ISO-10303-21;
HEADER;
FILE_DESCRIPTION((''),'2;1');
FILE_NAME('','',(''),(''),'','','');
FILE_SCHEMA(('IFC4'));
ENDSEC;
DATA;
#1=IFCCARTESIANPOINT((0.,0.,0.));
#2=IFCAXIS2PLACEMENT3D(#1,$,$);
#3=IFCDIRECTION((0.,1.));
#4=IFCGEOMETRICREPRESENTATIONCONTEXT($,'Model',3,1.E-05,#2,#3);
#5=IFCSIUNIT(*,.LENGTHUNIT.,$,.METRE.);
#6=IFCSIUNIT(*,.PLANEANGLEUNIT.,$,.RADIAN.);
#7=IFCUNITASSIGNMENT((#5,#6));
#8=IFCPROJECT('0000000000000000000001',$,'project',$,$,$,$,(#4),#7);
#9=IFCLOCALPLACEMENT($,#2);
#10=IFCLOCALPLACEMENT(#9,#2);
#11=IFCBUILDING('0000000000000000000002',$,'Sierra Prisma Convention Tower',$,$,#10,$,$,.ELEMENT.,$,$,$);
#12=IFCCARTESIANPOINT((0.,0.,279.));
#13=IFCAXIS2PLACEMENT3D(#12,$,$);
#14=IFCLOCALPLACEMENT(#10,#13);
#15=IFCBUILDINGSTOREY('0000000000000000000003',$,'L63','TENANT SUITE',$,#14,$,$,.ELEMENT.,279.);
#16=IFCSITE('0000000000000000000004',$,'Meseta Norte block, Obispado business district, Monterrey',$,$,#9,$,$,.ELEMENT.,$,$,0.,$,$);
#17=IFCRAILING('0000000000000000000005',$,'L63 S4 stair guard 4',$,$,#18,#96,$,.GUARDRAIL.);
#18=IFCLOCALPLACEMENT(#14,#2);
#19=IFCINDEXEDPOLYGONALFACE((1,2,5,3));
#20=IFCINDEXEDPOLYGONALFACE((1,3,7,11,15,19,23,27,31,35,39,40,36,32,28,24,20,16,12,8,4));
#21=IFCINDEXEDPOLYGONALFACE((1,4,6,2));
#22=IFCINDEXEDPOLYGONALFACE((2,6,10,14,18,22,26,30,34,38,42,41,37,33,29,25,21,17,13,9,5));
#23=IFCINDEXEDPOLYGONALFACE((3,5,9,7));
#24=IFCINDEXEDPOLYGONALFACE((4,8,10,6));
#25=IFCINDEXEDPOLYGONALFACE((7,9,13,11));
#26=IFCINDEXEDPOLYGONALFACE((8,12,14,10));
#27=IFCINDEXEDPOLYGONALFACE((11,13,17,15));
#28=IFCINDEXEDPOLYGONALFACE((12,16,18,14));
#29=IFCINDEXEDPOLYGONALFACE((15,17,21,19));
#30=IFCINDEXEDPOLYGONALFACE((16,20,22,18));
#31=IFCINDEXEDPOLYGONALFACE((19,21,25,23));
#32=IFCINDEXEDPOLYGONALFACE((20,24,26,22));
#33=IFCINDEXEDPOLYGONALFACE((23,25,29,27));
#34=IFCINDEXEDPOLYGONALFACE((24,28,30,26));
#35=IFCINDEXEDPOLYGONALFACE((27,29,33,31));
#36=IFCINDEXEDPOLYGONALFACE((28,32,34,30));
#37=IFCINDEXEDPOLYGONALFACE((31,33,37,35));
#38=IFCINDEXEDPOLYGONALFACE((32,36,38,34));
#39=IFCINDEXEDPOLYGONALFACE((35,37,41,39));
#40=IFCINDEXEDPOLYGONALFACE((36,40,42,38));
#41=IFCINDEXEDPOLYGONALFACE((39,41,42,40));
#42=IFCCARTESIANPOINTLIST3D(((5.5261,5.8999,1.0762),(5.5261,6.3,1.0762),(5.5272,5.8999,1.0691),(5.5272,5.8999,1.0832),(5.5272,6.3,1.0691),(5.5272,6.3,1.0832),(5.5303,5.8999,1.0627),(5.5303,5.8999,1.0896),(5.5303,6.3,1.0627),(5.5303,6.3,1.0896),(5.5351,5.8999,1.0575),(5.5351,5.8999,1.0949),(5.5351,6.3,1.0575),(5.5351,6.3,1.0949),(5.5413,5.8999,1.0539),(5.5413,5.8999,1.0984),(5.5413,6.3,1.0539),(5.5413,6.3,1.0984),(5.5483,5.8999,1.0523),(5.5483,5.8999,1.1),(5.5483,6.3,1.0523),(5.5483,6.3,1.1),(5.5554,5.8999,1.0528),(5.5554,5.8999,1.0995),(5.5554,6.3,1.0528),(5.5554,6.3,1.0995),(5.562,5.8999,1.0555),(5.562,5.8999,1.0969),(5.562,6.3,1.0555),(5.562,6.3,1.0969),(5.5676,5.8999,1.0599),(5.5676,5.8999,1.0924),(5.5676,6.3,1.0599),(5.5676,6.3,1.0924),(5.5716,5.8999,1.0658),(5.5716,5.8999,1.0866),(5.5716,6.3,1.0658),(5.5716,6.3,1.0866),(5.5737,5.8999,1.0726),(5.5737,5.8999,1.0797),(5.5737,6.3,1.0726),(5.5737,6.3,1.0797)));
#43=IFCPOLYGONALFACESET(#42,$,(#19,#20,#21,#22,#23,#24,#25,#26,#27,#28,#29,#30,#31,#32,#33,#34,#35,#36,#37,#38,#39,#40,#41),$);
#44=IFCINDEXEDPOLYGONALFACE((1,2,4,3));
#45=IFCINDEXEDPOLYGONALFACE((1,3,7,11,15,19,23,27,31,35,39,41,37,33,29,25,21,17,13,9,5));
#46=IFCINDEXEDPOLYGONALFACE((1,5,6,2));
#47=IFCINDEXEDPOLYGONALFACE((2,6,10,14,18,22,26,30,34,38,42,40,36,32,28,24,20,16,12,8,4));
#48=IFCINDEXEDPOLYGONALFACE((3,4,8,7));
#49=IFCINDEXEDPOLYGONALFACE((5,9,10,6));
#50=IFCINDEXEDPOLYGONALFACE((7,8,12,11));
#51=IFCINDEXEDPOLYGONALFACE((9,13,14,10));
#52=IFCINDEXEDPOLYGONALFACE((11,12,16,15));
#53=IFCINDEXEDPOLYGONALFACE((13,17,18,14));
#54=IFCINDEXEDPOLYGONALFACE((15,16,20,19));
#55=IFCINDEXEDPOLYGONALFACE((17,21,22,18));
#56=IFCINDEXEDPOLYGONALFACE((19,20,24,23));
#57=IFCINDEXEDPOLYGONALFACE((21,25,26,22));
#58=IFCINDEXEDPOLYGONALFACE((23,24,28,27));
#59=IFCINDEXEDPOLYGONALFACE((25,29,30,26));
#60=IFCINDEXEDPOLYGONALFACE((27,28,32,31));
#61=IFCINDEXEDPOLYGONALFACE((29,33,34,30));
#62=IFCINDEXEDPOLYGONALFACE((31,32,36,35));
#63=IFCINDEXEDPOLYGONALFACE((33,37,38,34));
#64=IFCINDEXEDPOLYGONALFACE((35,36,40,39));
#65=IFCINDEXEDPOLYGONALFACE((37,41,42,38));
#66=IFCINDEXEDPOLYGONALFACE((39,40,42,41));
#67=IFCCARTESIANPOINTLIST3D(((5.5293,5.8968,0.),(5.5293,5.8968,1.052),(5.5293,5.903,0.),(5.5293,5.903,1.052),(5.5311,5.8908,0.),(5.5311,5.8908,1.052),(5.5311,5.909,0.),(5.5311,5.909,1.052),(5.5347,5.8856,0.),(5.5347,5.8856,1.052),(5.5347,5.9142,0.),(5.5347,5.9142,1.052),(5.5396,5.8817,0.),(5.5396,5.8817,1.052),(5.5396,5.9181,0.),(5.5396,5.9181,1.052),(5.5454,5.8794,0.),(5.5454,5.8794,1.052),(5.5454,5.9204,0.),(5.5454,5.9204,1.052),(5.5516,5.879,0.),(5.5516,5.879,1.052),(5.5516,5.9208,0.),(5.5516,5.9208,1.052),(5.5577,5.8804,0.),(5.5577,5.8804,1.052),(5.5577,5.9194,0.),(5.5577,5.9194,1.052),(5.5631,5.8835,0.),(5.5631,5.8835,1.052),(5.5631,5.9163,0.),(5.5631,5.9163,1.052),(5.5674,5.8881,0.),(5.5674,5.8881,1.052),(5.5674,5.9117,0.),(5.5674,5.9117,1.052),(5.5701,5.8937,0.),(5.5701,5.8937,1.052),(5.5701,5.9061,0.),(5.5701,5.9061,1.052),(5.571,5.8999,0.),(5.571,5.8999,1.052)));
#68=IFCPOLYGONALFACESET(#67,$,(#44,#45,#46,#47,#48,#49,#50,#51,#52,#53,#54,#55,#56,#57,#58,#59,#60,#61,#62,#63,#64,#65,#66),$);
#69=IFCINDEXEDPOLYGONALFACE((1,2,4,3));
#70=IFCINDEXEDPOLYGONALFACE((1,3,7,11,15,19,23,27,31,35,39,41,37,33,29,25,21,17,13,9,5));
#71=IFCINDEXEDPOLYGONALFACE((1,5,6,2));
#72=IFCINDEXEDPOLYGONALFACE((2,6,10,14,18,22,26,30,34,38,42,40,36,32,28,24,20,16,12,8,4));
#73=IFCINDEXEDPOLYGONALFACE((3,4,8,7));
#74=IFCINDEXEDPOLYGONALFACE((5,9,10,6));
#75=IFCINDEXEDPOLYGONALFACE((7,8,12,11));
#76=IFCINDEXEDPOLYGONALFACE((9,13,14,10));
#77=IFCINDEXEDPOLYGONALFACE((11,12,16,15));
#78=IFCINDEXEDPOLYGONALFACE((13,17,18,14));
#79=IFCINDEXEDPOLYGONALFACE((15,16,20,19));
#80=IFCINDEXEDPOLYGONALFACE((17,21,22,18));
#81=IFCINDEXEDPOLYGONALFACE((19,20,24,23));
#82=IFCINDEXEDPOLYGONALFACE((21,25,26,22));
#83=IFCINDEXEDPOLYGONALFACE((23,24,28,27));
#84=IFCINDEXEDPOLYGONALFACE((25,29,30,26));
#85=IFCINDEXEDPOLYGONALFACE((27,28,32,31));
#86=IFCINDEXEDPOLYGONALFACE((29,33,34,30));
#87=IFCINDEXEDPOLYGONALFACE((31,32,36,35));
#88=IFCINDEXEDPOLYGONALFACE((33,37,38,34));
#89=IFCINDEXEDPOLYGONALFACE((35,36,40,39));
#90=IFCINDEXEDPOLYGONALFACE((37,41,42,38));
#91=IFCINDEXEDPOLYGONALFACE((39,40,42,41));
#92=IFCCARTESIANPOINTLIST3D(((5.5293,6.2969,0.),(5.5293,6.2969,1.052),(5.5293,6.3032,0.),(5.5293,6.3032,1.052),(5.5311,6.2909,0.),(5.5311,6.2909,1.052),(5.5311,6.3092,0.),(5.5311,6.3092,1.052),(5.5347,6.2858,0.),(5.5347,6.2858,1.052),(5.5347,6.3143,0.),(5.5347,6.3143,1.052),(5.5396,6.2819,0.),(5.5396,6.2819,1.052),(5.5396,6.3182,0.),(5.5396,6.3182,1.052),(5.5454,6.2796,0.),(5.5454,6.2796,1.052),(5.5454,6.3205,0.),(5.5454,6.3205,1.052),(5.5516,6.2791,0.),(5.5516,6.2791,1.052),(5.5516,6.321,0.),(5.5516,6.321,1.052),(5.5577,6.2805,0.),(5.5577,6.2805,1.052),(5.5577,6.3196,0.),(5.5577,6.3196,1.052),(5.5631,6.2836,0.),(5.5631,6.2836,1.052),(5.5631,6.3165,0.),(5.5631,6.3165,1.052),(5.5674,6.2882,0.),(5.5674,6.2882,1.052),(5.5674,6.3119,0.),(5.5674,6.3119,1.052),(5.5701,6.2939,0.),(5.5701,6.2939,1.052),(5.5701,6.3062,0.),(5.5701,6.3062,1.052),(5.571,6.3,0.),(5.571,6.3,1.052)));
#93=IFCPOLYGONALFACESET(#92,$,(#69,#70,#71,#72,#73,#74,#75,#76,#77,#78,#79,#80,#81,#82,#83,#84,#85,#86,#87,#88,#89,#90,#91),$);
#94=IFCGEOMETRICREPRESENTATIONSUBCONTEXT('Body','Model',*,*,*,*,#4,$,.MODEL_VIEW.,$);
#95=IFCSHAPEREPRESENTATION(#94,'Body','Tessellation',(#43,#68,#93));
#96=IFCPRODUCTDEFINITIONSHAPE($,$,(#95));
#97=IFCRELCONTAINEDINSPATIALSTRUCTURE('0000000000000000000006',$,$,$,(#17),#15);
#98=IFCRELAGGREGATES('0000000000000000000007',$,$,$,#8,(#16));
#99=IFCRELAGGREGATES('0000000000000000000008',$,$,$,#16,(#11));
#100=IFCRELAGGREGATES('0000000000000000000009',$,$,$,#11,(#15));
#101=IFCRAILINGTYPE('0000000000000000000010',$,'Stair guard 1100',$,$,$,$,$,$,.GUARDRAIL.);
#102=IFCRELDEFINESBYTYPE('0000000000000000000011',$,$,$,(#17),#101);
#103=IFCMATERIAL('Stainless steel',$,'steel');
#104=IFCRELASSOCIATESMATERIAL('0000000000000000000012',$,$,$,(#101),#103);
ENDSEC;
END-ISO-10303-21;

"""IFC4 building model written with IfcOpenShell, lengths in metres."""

from ifc_helpers import new_model, si_unit, direction, frame, origin, origin_2d, place, context, subcontext, project, spatial, circle, extrude, material, type_object, element, save


model = new_model("IFC4")

# Units and contexts
model_context = context("Model", 3, precision=1e-05, world=origin(), true_north=direction((0.0, 1.0)))
body_context = subcontext(model_context, "Body", "Model", "MODEL_VIEW")
ifc_project = project(units=[si_unit("LENGTHUNIT", "METRE"), si_unit("PLANEANGLEUNIT", "RADIAN")], contexts=[model_context])

# Site, building, storey
site_placement = place(None, origin())
site = spatial("IfcSite", under=ifc_project, at=site_placement, Name="Meseta Norte block, Obispado business district, Monterrey", CompositionType="ELEMENT", RefElevation=0.0)
building_placement = place(site_placement, origin())
building = spatial("IfcBuilding", under=site, at=building_placement, Name="Sierra Prisma Convention Tower", CompositionType="ELEMENT")
storey_placement = place(building_placement, frame((0.0, 0.0, 279.0)))
storey = spatial("IfcBuildingStorey", under=building, at=storey_placement, Name="L63", Description="TENANT SUITE", CompositionType="ELEMENT", Elevation=279.0)

# Railing
ifc_material_1 = material(Name="Stainless steel", Category="steel")
railing_type_1 = type_object("IfcRailingType", Name="Stair guard 1100", PredefinedType="GUARDRAIL", material=ifc_material_1)
railing_1_placement = place(storey_placement, frame((5.55, 5.8999, 0.0)))
element("IfcRailing", 1, at=railing_1_placement, inside=storey, type_object=railing_type_1, Name="L63 S4 stair guard 4", PredefinedType="GUARDRAIL", context=body_context, shape_type="SweptSolid", body=[
    extrude(circle(Radius=0.0239, at=origin_2d()), frame((0.0, 0.0, 1.0762), z_axis=(0.0, 1.0, 0.0), x_axis=(-1.0, 0.0, 0.0)), (0.0, 0.0, 1.0), 0.4001),
    extrude(circle(Radius=0.021, at=origin_2d()), origin(), (0.0, 0.0, 1.0), 1.052),
    extrude(circle(Radius=0.021, at=origin_2d()), frame((0.0, 0.4001, 0.0)), (0.0, 0.0, 1.0), 1.052),
])

save(model, "model.ifc")
